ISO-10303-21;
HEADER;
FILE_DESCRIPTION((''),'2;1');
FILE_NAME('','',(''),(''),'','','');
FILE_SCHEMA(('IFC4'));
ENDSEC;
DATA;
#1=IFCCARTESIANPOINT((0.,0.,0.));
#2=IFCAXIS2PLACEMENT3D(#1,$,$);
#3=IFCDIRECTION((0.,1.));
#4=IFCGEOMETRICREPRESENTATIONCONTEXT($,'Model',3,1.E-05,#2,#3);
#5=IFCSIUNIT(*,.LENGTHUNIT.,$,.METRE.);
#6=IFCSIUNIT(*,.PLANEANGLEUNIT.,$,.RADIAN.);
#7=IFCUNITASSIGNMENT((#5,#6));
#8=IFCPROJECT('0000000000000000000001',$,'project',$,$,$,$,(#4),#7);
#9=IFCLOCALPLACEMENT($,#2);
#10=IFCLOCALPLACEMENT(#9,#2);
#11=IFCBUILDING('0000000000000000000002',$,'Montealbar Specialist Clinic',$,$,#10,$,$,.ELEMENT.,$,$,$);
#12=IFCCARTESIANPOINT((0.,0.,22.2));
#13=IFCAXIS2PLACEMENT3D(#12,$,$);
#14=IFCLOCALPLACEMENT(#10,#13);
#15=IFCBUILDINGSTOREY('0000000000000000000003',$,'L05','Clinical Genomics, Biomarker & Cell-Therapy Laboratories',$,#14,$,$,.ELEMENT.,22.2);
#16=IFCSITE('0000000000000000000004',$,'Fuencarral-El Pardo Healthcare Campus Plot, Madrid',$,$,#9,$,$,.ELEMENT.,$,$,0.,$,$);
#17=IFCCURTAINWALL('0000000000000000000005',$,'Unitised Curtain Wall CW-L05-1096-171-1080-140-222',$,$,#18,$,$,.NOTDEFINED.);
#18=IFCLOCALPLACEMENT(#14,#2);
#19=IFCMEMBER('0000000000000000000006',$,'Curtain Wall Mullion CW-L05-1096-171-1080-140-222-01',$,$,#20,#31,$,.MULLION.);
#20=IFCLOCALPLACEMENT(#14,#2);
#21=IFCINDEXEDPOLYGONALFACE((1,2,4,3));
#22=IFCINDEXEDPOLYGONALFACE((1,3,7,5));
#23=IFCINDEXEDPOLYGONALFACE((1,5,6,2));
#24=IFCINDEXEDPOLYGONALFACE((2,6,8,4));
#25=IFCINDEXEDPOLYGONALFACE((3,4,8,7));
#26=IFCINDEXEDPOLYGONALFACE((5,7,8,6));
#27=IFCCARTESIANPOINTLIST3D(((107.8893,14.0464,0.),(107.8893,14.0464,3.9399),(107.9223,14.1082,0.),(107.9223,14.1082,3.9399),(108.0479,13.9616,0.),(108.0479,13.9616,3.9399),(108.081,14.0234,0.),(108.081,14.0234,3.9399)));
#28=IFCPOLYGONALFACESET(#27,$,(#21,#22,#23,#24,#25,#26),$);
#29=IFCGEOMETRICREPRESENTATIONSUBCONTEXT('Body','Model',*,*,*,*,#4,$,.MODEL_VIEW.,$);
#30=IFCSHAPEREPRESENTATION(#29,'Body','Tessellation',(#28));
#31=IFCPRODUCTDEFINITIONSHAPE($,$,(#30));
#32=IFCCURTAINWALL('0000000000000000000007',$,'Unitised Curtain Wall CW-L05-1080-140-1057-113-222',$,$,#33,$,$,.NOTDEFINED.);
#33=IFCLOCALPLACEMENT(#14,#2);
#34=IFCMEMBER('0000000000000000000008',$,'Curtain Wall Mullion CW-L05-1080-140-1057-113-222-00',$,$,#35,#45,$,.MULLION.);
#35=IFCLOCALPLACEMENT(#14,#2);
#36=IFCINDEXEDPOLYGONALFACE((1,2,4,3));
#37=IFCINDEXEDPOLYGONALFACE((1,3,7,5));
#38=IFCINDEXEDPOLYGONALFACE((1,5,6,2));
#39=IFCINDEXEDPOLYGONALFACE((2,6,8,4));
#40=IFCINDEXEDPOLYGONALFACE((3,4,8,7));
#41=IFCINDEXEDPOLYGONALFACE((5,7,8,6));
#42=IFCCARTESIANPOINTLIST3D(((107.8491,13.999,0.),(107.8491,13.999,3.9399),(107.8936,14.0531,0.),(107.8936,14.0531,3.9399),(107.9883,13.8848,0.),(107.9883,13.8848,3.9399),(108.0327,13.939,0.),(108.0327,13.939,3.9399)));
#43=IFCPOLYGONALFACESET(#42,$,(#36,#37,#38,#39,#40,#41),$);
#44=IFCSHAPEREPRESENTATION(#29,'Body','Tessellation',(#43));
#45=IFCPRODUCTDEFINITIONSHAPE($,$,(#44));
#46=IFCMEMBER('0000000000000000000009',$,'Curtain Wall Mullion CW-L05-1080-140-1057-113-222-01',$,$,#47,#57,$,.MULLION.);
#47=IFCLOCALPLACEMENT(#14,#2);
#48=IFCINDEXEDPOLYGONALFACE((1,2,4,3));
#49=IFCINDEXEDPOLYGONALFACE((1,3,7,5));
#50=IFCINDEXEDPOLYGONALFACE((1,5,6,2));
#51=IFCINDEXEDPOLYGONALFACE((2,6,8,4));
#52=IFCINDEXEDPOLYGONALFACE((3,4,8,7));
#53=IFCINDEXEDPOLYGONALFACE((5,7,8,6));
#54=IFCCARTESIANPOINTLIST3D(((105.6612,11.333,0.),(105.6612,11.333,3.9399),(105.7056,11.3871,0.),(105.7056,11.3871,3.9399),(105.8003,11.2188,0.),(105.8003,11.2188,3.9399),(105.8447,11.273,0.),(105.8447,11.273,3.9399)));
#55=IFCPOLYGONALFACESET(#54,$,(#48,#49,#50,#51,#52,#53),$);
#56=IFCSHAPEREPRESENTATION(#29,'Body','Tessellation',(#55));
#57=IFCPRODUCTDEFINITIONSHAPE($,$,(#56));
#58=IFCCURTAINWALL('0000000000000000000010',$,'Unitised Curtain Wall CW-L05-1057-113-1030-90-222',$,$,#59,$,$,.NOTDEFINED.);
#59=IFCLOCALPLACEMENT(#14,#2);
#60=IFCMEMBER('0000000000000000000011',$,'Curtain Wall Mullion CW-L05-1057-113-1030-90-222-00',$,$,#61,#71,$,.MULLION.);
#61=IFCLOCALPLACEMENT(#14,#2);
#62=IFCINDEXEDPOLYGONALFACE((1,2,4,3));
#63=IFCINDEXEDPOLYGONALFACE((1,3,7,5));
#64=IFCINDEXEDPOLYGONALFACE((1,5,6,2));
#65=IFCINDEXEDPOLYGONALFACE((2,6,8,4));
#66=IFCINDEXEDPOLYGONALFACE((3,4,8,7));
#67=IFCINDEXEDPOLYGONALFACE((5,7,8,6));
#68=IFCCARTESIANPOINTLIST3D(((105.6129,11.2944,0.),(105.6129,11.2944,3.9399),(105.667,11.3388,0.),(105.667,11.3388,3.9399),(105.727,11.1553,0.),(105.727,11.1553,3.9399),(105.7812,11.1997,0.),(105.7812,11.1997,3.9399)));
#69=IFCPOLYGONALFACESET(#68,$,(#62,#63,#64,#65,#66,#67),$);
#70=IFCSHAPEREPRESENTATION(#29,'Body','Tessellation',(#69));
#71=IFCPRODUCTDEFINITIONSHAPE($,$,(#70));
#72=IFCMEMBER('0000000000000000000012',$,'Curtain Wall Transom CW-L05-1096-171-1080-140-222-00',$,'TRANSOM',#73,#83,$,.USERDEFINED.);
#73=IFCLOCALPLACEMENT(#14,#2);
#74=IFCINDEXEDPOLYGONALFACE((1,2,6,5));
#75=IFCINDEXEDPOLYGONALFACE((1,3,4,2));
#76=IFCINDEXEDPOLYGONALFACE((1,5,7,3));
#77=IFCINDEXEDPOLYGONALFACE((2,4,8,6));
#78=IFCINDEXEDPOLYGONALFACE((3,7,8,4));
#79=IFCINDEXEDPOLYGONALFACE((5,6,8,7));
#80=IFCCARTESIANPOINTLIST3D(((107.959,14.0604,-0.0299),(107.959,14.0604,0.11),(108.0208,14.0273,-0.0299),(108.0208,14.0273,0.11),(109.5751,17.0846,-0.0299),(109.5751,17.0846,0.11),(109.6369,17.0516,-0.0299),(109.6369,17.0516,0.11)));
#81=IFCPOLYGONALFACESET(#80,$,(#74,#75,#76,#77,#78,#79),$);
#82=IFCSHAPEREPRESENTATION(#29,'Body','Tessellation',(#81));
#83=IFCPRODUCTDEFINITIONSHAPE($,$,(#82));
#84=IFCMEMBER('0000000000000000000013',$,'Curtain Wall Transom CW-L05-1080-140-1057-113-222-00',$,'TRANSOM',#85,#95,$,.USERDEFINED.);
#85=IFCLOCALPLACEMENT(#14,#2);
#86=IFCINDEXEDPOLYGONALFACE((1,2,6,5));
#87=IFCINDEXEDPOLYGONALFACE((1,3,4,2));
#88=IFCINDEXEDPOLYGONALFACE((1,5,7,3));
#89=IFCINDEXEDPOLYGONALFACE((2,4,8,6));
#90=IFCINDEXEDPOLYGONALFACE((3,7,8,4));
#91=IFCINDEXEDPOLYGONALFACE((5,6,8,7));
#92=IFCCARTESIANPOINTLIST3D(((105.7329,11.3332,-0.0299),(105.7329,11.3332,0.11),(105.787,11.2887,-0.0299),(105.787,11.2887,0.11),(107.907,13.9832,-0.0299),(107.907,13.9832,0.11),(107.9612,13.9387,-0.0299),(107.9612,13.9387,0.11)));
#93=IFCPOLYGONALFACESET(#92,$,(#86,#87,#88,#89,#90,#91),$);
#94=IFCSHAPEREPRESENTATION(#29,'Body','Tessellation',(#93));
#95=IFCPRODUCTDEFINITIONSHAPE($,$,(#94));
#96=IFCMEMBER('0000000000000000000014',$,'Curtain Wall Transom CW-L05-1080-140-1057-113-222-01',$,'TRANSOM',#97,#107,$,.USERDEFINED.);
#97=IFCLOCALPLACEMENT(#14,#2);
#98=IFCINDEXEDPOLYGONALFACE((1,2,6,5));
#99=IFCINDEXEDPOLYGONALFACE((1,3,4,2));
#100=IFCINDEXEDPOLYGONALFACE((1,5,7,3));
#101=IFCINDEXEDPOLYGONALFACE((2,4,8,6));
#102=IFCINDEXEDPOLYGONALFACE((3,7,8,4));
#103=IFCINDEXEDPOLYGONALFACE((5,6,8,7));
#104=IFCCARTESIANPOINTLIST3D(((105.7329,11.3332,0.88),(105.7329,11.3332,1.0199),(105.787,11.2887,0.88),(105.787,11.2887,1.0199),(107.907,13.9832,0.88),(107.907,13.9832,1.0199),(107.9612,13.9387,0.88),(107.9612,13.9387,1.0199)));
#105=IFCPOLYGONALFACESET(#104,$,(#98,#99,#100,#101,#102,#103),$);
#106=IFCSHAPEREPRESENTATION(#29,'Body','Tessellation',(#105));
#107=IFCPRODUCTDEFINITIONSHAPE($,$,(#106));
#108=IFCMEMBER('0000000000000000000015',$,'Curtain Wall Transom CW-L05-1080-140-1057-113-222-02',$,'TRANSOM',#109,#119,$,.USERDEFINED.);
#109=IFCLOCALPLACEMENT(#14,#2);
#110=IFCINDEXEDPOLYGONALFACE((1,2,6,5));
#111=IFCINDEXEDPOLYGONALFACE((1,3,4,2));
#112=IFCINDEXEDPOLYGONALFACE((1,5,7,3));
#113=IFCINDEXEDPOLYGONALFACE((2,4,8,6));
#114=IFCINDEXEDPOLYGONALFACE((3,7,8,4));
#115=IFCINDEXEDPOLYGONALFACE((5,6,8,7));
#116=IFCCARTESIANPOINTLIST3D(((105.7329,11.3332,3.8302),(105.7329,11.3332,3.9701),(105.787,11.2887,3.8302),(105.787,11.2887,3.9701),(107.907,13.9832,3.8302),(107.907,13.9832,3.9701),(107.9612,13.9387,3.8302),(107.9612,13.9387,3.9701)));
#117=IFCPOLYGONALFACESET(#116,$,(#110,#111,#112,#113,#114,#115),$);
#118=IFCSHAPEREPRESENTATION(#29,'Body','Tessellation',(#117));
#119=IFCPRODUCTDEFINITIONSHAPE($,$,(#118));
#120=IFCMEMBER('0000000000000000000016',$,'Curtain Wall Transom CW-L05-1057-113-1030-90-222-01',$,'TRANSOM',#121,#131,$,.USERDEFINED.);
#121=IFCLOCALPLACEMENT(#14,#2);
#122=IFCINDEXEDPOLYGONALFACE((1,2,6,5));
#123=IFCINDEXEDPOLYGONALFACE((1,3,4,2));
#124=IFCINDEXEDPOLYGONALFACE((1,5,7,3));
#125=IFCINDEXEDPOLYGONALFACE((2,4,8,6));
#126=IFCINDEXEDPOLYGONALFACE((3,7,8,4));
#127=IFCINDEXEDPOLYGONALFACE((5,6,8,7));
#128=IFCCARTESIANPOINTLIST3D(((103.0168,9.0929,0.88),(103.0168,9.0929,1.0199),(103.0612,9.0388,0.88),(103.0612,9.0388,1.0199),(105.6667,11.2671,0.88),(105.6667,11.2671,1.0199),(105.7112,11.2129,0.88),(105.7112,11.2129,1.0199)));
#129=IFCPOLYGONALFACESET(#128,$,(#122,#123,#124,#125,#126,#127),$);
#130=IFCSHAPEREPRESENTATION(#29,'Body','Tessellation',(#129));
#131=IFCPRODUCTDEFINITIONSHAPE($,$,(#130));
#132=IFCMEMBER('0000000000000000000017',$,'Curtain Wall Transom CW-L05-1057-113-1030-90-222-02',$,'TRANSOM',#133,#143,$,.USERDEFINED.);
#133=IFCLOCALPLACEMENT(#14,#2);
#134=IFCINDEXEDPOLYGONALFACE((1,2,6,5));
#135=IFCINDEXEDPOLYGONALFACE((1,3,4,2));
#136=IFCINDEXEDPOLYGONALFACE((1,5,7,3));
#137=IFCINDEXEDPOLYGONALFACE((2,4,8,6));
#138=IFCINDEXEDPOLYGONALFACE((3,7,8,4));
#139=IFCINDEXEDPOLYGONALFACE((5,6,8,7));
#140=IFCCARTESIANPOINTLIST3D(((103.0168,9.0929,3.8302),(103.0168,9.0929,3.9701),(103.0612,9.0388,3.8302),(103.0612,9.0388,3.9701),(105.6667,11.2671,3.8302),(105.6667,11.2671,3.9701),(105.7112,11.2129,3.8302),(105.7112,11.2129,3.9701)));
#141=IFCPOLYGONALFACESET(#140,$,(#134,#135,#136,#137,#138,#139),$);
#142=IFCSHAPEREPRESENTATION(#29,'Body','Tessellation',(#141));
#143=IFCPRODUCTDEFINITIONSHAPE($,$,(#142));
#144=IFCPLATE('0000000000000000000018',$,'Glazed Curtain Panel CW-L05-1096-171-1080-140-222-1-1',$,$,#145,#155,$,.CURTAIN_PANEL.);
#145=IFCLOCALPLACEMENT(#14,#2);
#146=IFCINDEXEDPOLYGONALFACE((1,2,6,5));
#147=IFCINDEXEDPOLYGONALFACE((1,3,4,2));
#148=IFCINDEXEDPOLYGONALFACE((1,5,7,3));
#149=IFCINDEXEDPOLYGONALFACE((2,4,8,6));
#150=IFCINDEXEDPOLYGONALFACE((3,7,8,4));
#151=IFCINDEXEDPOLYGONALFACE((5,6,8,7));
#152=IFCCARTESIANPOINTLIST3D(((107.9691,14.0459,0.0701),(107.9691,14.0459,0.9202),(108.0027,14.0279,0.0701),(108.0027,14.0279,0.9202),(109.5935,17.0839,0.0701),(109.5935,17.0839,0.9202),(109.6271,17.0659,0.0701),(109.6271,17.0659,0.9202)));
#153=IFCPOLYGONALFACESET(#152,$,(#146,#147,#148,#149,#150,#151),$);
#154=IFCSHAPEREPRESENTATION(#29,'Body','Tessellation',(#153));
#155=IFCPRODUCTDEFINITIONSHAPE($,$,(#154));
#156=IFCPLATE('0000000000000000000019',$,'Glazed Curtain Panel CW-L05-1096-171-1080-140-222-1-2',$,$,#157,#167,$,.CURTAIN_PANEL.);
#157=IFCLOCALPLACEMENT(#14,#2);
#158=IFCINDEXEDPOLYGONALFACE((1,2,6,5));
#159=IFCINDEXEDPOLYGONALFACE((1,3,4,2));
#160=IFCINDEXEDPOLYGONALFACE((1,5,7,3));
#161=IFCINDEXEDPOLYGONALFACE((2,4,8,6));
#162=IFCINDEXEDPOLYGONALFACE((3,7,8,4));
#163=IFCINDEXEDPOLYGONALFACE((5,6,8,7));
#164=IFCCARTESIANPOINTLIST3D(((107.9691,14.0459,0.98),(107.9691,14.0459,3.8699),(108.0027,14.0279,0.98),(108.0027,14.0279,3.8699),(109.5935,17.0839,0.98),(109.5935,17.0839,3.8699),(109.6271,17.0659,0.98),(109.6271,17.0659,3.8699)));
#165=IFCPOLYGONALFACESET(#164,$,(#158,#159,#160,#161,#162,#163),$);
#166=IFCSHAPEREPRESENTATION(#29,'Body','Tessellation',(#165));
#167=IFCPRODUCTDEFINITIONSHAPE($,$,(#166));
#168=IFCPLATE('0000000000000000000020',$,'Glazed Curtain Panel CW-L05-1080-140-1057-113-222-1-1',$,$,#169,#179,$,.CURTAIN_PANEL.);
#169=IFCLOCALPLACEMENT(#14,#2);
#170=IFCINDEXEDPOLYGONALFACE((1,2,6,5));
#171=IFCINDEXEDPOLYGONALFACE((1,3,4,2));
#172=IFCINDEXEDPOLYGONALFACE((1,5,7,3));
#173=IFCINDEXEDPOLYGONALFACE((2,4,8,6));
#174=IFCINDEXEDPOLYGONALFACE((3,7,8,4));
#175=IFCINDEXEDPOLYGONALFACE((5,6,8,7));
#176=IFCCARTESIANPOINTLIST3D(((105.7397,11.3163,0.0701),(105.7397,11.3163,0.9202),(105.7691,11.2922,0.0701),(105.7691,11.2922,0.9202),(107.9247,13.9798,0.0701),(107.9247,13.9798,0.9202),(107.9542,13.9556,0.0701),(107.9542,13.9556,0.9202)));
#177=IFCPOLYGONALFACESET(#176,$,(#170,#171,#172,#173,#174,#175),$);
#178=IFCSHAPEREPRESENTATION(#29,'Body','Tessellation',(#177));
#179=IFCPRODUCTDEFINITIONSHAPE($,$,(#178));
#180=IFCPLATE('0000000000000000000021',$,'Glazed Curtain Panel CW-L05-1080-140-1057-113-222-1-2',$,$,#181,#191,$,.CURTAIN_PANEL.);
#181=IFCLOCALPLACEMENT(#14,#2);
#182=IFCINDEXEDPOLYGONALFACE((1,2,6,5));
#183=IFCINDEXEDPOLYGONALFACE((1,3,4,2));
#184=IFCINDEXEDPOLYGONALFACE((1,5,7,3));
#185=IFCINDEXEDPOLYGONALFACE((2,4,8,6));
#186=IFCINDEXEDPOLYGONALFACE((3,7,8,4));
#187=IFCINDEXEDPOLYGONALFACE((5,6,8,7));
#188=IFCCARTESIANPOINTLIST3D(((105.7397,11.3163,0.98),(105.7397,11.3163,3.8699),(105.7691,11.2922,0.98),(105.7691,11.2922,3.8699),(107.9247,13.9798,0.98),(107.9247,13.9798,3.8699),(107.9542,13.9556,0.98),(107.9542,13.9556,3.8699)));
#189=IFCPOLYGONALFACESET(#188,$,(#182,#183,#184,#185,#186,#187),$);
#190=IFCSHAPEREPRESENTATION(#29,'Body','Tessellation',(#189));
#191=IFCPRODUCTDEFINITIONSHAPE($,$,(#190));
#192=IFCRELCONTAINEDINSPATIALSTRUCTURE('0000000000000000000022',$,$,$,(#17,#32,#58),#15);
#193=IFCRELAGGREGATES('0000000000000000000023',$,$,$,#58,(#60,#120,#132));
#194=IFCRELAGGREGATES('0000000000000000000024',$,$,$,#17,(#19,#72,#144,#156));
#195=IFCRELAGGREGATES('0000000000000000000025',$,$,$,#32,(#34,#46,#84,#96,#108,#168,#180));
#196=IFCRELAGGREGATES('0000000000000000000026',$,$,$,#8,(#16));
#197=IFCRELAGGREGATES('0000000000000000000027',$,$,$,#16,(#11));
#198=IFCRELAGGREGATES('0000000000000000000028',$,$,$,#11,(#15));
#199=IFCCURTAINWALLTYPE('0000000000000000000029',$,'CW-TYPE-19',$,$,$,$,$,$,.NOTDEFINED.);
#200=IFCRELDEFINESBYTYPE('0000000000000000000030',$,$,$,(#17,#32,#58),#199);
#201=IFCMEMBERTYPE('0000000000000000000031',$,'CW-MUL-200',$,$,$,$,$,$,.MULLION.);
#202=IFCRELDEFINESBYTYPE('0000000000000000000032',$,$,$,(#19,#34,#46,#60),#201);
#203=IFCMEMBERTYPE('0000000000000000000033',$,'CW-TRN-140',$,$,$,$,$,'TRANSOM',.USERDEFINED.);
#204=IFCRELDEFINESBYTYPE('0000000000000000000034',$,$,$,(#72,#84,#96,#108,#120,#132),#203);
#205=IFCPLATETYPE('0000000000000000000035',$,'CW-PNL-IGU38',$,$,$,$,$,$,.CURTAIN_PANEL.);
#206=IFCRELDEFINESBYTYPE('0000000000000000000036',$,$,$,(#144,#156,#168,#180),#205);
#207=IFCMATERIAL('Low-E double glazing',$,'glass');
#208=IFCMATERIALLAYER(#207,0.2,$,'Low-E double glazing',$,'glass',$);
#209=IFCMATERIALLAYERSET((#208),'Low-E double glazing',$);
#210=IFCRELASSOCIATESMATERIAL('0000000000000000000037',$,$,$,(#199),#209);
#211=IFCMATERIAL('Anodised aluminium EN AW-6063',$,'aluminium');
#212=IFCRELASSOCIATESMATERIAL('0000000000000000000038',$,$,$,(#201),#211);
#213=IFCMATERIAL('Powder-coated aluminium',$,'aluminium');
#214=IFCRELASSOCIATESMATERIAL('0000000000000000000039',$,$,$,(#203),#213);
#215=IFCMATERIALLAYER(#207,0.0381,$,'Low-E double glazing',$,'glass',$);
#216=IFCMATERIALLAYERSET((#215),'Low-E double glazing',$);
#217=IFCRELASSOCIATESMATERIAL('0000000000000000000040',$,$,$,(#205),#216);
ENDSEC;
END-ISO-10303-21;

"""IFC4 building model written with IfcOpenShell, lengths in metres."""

from ifc_helpers import new_model, si_unit, direction, frame, origin, origin_2d, place, context, subcontext, project, spatial, rectangle, extrude, material, layer, layer_set, material_profile, profile_set, type_object, element, aggregate, save


model = new_model("IFC4")

# Units and contexts
model_context = context("Model", 3, precision=1e-05, world=origin(), true_north=direction((0.0, 1.0)))
body_context = subcontext(model_context, "Body", "Model", "MODEL_VIEW")
ifc_project = project(units=[si_unit("LENGTHUNIT", "METRE"), si_unit("PLANEANGLEUNIT", "RADIAN")], contexts=[model_context])

# Site, building, storey
site_placement = place(None, origin())
site = spatial("IfcSite", under=ifc_project, at=site_placement, Name="Fuencarral-El Pardo Healthcare Campus Plot, Madrid", CompositionType="ELEMENT", RefElevation=0.0)
building_placement = place(site_placement, origin())
building = spatial("IfcBuilding", under=site, at=building_placement, Name="Montealbar Specialist Clinic", CompositionType="ELEMENT")
storey_placement = place(building_placement, frame((0.0, 0.0, 22.2)))
storey = spatial("IfcBuildingStorey", under=building, at=storey_placement, Name="L05", Description="Clinical Genomics, Biomarker & Cell-Therapy Laboratories", CompositionType="ELEMENT", Elevation=22.2)

# Curtain wall, member
ifc_material_1 = material(Name="Low-E double glazing", Category="glass")
ifc_layer_1 = layer(ifc_material_1, 0.2, Name="Low-E double glazing", Category="glass")
ifc_layer_set_1 = layer_set([ifc_layer_1], Name="Low-E double glazing")
curtain_wall_type = type_object("IfcCurtainWallType", Name="CW-TYPE-19", PredefinedType="NOTDEFINED", material=ifc_layer_set_1)
curtain_wall_1_placement = place(storey_placement, origin())
curtain_wall_1 = element("IfcCurtainWall", 1, at=curtain_wall_1_placement, inside=storey, type_object=curtain_wall_type, Name="Unitised Curtain Wall CW-L05-1096-171-1080-140-222", PredefinedType="NOTDEFINED")
ifc_material_2 = material(Name="Anodised aluminium EN AW-6063", Category="aluminium")
ifc_material_profile_1 = material_profile(ifc_material_2, rectangle(XDim=0.0701, YDim=0.1799, at=origin_2d()), Name="ALU 70x180", Category="aluminium")
ifc_profile_set_1 = profile_set([ifc_material_profile_1], Name="Anodised aluminium EN AW-6063")
member_type_1 = type_object("IfcMemberType", Name="CW-MUL-200", PredefinedType="MULLION", material=ifc_profile_set_1)
member_1_placement = place(storey_placement, frame((107.9851, 14.0349, 0.0), z_axis=(0.0, 0.0, 1.0), x_axis=(-0.471529, -0.88185, 0.0)))
member_1 = element("IfcMember", 2, at=member_1_placement, type_object=member_type_1, Name="Curtain Wall Mullion CW-L05-1096-171-1080-140-222-01", PredefinedType="MULLION", context=body_context, shape_type="SweptSolid", body=[
    extrude(rectangle(XDim=0.0701, YDim=0.1799, at=origin_2d()), origin(), (0.0, 0.0, 1.0), 3.9399),
])

# Curtain wall, members
curtain_wall_2_placement = place(storey_placement, origin())
curtain_wall_2 = element("IfcCurtainWall", 3, at=curtain_wall_2_placement, inside=storey, type_object=curtain_wall_type, Name="Unitised Curtain Wall CW-L05-1080-140-1057-113-222", PredefinedType="NOTDEFINED")
member_2_placement = place(storey_placement, frame((107.9409, 13.969, 0.0), z_axis=(0.0, 0.0, 1.0), x_axis=(-0.634256, -0.773123, 0.0)))
member_2 = element("IfcMember", 4, at=member_2_placement, type_object=member_type_1, Name="Curtain Wall Mullion CW-L05-1080-140-1057-113-222-00", PredefinedType="MULLION", context=body_context, shape_type="SweptSolid", body=[
    extrude(rectangle(XDim=0.0701, YDim=0.1799, at=origin_2d()), origin(), (0.0, 0.0, 1.0), 3.9399),
])
member_3_placement = place(storey_placement, frame((105.7529, 11.303, 0.0), z_axis=(0.0, 0.0, 1.0), x_axis=(-0.634256, -0.773123, 0.0)))
member_3 = element("IfcMember", 5, at=member_3_placement, type_object=member_type_1, Name="Curtain Wall Mullion CW-L05-1080-140-1057-113-222-01", PredefinedType="MULLION", context=body_context, shape_type="SweptSolid", body=[
    extrude(rectangle(XDim=0.0701, YDim=0.1799, at=origin_2d()), origin(), (0.0, 0.0, 1.0), 3.9399),
])

# Curtain wall, member
curtain_wall_3_placement = place(storey_placement, origin())
curtain_wall_3 = element("IfcCurtainWall", 6, at=curtain_wall_3_placement, inside=storey, type_object=curtain_wall_type, Name="Unitised Curtain Wall CW-L05-1057-113-1030-90-222", PredefinedType="NOTDEFINED")
member_4_placement = place(storey_placement, frame((105.697, 11.2471, 0.0), z_axis=(0.0, 0.0, 1.0), x_axis=(-0.773123, -0.634256, 0.0)))
member_4 = element("IfcMember", 7, at=member_4_placement, type_object=member_type_1, Name="Curtain Wall Mullion CW-L05-1057-113-1030-90-222-00", PredefinedType="MULLION", context=body_context, shape_type="SweptSolid", body=[
    extrude(rectangle(XDim=0.0701, YDim=0.1799, at=origin_2d()), origin(), (0.0, 0.0, 1.0), 3.9399),
])

# Members
ifc_material_3 = material(Name="Powder-coated aluminium", Category="aluminium")
ifc_material_profile_2 = material_profile(ifc_material_3, rectangle(XDim=0.0701, YDim=0.1399, at=origin_2d()), Name="ALU 70x140", Category="aluminium")
ifc_profile_set_2 = profile_set([ifc_material_profile_2], Name="Powder-coated aluminium")
member_type_2 = type_object("IfcMemberType", Name="CW-TRN-140", ElementType="TRANSOM", PredefinedType="USERDEFINED", material=ifc_profile_set_2)
member_5_placement = place(storey_placement, frame((109.606, 17.0681, 0.04), z_axis=(-0.471287, -0.88198, 0.0), x_axis=(0.88198, -0.471287, 0.0)))
member_5 = element("IfcMember", 8, at=member_5_placement, type_object=member_type_2, Name="Curtain Wall Transom CW-L05-1096-171-1080-140-222-00", ObjectType="TRANSOM", PredefinedType="USERDEFINED", context=body_context, shape_type="SweptSolid", body=[
    extrude(rectangle(XDim=0.0701, YDim=0.1399, at=origin_2d()), origin(), (0.0, 0.0, 1.0), 3.429),
])
member_6_placement = place(storey_placement, frame((107.9341, 13.9609, 0.04), z_axis=(-0.634281, -0.773103, 0.0), x_axis=(0.773103, -0.634281, 0.0)))
member_6 = element("IfcMember", 9, at=member_6_placement, type_object=member_type_2, Name="Curtain Wall Transom CW-L05-1080-140-1057-113-222-00", ObjectType="TRANSOM", PredefinedType="USERDEFINED", context=body_context, shape_type="SweptSolid", body=[
    extrude(rectangle(XDim=0.0701, YDim=0.1399, at=origin_2d()), origin(), (0.0, 0.0, 1.0), 3.4277),
])
member_7_placement = place(storey_placement, frame((107.9341, 13.9609, 0.95), z_axis=(-0.634281, -0.773103, 0.0), x_axis=(0.773103, -0.634281, 0.0)))
member_7 = element("IfcMember", 10, at=member_7_placement, type_object=member_type_2, Name="Curtain Wall Transom CW-L05-1080-140-1057-113-222-01", ObjectType="TRANSOM", PredefinedType="USERDEFINED", context=body_context, shape_type="SweptSolid", body=[
    extrude(rectangle(XDim=0.0701, YDim=0.1399, at=origin_2d()), origin(), (0.0, 0.0, 1.0), 3.4277),
])
member_8_placement = place(storey_placement, frame((107.9341, 13.9609, 3.9001), z_axis=(-0.634281, -0.773103, 0.0), x_axis=(0.773103, -0.634281, 0.0)))
member_8 = element("IfcMember", 11, at=member_8_placement, type_object=member_type_2, Name="Curtain Wall Transom CW-L05-1080-140-1057-113-222-02", ObjectType="TRANSOM", PredefinedType="USERDEFINED", context=body_context, shape_type="SweptSolid", body=[
    extrude(rectangle(XDim=0.0701, YDim=0.1399, at=origin_2d()), origin(), (0.0, 0.0, 1.0), 3.4277),
])
member_9_placement = place(storey_placement, frame((105.689, 11.24, 0.95), z_axis=(-0.773103, -0.634281, 0.0), x_axis=(0.634281, -0.773103, 0.0)))
member_9 = element("IfcMember", 12, at=member_9_placement, type_object=member_type_2, Name="Curtain Wall Transom CW-L05-1057-113-1030-90-222-01", ObjectType="TRANSOM", PredefinedType="USERDEFINED", context=body_context, shape_type="SweptSolid", body=[
    extrude(rectangle(XDim=0.0701, YDim=0.1399, at=origin_2d()), origin(), (0.0, 0.0, 1.0), 3.4277),
])
member_10_placement = place(storey_placement, frame((105.689, 11.24, 3.9001), z_axis=(-0.773103, -0.634281, 0.0), x_axis=(0.634281, -0.773103, 0.0)))
member_10 = element("IfcMember", 13, at=member_10_placement, type_object=member_type_2, Name="Curtain Wall Transom CW-L05-1057-113-1030-90-222-02", ObjectType="TRANSOM", PredefinedType="USERDEFINED", context=body_context, shape_type="SweptSolid", body=[
    extrude(rectangle(XDim=0.0701, YDim=0.1399, at=origin_2d()), origin(), (0.0, 0.0, 1.0), 3.4277),
])
aggregate(curtain_wall_3, [member_4, member_9, member_10])

# Plates
ifc_layer_2 = layer(ifc_material_1, 0.0381, Name="Low-E double glazing", Category="glass")
ifc_layer_set_2 = layer_set([ifc_layer_2], Name="Low-E double glazing")
plate_type = type_object("IfcPlateType", Name="CW-PNL-IGU38", PredefinedType="CURTAIN_PANEL", material=ifc_layer_set_2)
plate_1_placement = place(storey_placement, frame((108.7981, 15.5559, 0.0701), z_axis=(0.0, 0.0, 1.0), x_axis=(-0.471529, -0.88185, 0.0)))
plate_1 = element("IfcPlate", 14, at=plate_1_placement, type_object=plate_type, Name="Glazed Curtain Panel CW-L05-1096-171-1080-140-222-1-1", PredefinedType="CURTAIN_PANEL", context=body_context, shape_type="SweptSolid", body=[
    extrude(rectangle(XDim=3.4451, YDim=0.0381, at=origin_2d()), origin(), (0.0, 0.0, 1.0), 0.8501),
])
plate_2_placement = place(storey_placement, frame((108.7981, 15.5559, 0.98), z_axis=(0.0, 0.0, 1.0), x_axis=(-0.471529, -0.88185, 0.0)))
plate_2 = element("IfcPlate", 15, at=plate_2_placement, type_object=plate_type, Name="Glazed Curtain Panel CW-L05-1096-171-1080-140-222-1-2", PredefinedType="CURTAIN_PANEL", context=body_context, shape_type="SweptSolid", body=[
    extrude(rectangle(XDim=3.4451, YDim=0.0381, at=origin_2d()), origin(), (0.0, 0.0, 1.0), 2.8899),
])
aggregate(curtain_wall_1, [member_1, member_5, plate_1, plate_2])
plate_3_placement = place(storey_placement, frame((106.8469, 12.636, 0.0701), z_axis=(0.0, 0.0, 1.0), x_axis=(-0.634256, -0.773123, 0.0)))
plate_3 = element("IfcPlate", 16, at=plate_3_placement, type_object=plate_type, Name="Glazed Curtain Panel CW-L05-1080-140-1057-113-222-1-1", PredefinedType="CURTAIN_PANEL", context=body_context, shape_type="SweptSolid", body=[
    extrude(rectangle(XDim=3.4451, YDim=0.0381, at=origin_2d()), origin(), (0.0, 0.0, 1.0), 0.8501),
])
plate_4_placement = place(storey_placement, frame((106.8469, 12.636, 0.98), z_axis=(0.0, 0.0, 1.0), x_axis=(-0.634256, -0.773123, 0.0)))
plate_4 = element("IfcPlate", 17, at=plate_4_placement, type_object=plate_type, Name="Glazed Curtain Panel CW-L05-1080-140-1057-113-222-1-2", PredefinedType="CURTAIN_PANEL", context=body_context, shape_type="SweptSolid", body=[
    extrude(rectangle(XDim=3.4451, YDim=0.0381, at=origin_2d()), origin(), (0.0, 0.0, 1.0), 2.8899),
])
aggregate(curtain_wall_2, [member_2, member_3, member_6, member_7, member_8, plate_3, plate_4])

save(model, "model.ifc")
